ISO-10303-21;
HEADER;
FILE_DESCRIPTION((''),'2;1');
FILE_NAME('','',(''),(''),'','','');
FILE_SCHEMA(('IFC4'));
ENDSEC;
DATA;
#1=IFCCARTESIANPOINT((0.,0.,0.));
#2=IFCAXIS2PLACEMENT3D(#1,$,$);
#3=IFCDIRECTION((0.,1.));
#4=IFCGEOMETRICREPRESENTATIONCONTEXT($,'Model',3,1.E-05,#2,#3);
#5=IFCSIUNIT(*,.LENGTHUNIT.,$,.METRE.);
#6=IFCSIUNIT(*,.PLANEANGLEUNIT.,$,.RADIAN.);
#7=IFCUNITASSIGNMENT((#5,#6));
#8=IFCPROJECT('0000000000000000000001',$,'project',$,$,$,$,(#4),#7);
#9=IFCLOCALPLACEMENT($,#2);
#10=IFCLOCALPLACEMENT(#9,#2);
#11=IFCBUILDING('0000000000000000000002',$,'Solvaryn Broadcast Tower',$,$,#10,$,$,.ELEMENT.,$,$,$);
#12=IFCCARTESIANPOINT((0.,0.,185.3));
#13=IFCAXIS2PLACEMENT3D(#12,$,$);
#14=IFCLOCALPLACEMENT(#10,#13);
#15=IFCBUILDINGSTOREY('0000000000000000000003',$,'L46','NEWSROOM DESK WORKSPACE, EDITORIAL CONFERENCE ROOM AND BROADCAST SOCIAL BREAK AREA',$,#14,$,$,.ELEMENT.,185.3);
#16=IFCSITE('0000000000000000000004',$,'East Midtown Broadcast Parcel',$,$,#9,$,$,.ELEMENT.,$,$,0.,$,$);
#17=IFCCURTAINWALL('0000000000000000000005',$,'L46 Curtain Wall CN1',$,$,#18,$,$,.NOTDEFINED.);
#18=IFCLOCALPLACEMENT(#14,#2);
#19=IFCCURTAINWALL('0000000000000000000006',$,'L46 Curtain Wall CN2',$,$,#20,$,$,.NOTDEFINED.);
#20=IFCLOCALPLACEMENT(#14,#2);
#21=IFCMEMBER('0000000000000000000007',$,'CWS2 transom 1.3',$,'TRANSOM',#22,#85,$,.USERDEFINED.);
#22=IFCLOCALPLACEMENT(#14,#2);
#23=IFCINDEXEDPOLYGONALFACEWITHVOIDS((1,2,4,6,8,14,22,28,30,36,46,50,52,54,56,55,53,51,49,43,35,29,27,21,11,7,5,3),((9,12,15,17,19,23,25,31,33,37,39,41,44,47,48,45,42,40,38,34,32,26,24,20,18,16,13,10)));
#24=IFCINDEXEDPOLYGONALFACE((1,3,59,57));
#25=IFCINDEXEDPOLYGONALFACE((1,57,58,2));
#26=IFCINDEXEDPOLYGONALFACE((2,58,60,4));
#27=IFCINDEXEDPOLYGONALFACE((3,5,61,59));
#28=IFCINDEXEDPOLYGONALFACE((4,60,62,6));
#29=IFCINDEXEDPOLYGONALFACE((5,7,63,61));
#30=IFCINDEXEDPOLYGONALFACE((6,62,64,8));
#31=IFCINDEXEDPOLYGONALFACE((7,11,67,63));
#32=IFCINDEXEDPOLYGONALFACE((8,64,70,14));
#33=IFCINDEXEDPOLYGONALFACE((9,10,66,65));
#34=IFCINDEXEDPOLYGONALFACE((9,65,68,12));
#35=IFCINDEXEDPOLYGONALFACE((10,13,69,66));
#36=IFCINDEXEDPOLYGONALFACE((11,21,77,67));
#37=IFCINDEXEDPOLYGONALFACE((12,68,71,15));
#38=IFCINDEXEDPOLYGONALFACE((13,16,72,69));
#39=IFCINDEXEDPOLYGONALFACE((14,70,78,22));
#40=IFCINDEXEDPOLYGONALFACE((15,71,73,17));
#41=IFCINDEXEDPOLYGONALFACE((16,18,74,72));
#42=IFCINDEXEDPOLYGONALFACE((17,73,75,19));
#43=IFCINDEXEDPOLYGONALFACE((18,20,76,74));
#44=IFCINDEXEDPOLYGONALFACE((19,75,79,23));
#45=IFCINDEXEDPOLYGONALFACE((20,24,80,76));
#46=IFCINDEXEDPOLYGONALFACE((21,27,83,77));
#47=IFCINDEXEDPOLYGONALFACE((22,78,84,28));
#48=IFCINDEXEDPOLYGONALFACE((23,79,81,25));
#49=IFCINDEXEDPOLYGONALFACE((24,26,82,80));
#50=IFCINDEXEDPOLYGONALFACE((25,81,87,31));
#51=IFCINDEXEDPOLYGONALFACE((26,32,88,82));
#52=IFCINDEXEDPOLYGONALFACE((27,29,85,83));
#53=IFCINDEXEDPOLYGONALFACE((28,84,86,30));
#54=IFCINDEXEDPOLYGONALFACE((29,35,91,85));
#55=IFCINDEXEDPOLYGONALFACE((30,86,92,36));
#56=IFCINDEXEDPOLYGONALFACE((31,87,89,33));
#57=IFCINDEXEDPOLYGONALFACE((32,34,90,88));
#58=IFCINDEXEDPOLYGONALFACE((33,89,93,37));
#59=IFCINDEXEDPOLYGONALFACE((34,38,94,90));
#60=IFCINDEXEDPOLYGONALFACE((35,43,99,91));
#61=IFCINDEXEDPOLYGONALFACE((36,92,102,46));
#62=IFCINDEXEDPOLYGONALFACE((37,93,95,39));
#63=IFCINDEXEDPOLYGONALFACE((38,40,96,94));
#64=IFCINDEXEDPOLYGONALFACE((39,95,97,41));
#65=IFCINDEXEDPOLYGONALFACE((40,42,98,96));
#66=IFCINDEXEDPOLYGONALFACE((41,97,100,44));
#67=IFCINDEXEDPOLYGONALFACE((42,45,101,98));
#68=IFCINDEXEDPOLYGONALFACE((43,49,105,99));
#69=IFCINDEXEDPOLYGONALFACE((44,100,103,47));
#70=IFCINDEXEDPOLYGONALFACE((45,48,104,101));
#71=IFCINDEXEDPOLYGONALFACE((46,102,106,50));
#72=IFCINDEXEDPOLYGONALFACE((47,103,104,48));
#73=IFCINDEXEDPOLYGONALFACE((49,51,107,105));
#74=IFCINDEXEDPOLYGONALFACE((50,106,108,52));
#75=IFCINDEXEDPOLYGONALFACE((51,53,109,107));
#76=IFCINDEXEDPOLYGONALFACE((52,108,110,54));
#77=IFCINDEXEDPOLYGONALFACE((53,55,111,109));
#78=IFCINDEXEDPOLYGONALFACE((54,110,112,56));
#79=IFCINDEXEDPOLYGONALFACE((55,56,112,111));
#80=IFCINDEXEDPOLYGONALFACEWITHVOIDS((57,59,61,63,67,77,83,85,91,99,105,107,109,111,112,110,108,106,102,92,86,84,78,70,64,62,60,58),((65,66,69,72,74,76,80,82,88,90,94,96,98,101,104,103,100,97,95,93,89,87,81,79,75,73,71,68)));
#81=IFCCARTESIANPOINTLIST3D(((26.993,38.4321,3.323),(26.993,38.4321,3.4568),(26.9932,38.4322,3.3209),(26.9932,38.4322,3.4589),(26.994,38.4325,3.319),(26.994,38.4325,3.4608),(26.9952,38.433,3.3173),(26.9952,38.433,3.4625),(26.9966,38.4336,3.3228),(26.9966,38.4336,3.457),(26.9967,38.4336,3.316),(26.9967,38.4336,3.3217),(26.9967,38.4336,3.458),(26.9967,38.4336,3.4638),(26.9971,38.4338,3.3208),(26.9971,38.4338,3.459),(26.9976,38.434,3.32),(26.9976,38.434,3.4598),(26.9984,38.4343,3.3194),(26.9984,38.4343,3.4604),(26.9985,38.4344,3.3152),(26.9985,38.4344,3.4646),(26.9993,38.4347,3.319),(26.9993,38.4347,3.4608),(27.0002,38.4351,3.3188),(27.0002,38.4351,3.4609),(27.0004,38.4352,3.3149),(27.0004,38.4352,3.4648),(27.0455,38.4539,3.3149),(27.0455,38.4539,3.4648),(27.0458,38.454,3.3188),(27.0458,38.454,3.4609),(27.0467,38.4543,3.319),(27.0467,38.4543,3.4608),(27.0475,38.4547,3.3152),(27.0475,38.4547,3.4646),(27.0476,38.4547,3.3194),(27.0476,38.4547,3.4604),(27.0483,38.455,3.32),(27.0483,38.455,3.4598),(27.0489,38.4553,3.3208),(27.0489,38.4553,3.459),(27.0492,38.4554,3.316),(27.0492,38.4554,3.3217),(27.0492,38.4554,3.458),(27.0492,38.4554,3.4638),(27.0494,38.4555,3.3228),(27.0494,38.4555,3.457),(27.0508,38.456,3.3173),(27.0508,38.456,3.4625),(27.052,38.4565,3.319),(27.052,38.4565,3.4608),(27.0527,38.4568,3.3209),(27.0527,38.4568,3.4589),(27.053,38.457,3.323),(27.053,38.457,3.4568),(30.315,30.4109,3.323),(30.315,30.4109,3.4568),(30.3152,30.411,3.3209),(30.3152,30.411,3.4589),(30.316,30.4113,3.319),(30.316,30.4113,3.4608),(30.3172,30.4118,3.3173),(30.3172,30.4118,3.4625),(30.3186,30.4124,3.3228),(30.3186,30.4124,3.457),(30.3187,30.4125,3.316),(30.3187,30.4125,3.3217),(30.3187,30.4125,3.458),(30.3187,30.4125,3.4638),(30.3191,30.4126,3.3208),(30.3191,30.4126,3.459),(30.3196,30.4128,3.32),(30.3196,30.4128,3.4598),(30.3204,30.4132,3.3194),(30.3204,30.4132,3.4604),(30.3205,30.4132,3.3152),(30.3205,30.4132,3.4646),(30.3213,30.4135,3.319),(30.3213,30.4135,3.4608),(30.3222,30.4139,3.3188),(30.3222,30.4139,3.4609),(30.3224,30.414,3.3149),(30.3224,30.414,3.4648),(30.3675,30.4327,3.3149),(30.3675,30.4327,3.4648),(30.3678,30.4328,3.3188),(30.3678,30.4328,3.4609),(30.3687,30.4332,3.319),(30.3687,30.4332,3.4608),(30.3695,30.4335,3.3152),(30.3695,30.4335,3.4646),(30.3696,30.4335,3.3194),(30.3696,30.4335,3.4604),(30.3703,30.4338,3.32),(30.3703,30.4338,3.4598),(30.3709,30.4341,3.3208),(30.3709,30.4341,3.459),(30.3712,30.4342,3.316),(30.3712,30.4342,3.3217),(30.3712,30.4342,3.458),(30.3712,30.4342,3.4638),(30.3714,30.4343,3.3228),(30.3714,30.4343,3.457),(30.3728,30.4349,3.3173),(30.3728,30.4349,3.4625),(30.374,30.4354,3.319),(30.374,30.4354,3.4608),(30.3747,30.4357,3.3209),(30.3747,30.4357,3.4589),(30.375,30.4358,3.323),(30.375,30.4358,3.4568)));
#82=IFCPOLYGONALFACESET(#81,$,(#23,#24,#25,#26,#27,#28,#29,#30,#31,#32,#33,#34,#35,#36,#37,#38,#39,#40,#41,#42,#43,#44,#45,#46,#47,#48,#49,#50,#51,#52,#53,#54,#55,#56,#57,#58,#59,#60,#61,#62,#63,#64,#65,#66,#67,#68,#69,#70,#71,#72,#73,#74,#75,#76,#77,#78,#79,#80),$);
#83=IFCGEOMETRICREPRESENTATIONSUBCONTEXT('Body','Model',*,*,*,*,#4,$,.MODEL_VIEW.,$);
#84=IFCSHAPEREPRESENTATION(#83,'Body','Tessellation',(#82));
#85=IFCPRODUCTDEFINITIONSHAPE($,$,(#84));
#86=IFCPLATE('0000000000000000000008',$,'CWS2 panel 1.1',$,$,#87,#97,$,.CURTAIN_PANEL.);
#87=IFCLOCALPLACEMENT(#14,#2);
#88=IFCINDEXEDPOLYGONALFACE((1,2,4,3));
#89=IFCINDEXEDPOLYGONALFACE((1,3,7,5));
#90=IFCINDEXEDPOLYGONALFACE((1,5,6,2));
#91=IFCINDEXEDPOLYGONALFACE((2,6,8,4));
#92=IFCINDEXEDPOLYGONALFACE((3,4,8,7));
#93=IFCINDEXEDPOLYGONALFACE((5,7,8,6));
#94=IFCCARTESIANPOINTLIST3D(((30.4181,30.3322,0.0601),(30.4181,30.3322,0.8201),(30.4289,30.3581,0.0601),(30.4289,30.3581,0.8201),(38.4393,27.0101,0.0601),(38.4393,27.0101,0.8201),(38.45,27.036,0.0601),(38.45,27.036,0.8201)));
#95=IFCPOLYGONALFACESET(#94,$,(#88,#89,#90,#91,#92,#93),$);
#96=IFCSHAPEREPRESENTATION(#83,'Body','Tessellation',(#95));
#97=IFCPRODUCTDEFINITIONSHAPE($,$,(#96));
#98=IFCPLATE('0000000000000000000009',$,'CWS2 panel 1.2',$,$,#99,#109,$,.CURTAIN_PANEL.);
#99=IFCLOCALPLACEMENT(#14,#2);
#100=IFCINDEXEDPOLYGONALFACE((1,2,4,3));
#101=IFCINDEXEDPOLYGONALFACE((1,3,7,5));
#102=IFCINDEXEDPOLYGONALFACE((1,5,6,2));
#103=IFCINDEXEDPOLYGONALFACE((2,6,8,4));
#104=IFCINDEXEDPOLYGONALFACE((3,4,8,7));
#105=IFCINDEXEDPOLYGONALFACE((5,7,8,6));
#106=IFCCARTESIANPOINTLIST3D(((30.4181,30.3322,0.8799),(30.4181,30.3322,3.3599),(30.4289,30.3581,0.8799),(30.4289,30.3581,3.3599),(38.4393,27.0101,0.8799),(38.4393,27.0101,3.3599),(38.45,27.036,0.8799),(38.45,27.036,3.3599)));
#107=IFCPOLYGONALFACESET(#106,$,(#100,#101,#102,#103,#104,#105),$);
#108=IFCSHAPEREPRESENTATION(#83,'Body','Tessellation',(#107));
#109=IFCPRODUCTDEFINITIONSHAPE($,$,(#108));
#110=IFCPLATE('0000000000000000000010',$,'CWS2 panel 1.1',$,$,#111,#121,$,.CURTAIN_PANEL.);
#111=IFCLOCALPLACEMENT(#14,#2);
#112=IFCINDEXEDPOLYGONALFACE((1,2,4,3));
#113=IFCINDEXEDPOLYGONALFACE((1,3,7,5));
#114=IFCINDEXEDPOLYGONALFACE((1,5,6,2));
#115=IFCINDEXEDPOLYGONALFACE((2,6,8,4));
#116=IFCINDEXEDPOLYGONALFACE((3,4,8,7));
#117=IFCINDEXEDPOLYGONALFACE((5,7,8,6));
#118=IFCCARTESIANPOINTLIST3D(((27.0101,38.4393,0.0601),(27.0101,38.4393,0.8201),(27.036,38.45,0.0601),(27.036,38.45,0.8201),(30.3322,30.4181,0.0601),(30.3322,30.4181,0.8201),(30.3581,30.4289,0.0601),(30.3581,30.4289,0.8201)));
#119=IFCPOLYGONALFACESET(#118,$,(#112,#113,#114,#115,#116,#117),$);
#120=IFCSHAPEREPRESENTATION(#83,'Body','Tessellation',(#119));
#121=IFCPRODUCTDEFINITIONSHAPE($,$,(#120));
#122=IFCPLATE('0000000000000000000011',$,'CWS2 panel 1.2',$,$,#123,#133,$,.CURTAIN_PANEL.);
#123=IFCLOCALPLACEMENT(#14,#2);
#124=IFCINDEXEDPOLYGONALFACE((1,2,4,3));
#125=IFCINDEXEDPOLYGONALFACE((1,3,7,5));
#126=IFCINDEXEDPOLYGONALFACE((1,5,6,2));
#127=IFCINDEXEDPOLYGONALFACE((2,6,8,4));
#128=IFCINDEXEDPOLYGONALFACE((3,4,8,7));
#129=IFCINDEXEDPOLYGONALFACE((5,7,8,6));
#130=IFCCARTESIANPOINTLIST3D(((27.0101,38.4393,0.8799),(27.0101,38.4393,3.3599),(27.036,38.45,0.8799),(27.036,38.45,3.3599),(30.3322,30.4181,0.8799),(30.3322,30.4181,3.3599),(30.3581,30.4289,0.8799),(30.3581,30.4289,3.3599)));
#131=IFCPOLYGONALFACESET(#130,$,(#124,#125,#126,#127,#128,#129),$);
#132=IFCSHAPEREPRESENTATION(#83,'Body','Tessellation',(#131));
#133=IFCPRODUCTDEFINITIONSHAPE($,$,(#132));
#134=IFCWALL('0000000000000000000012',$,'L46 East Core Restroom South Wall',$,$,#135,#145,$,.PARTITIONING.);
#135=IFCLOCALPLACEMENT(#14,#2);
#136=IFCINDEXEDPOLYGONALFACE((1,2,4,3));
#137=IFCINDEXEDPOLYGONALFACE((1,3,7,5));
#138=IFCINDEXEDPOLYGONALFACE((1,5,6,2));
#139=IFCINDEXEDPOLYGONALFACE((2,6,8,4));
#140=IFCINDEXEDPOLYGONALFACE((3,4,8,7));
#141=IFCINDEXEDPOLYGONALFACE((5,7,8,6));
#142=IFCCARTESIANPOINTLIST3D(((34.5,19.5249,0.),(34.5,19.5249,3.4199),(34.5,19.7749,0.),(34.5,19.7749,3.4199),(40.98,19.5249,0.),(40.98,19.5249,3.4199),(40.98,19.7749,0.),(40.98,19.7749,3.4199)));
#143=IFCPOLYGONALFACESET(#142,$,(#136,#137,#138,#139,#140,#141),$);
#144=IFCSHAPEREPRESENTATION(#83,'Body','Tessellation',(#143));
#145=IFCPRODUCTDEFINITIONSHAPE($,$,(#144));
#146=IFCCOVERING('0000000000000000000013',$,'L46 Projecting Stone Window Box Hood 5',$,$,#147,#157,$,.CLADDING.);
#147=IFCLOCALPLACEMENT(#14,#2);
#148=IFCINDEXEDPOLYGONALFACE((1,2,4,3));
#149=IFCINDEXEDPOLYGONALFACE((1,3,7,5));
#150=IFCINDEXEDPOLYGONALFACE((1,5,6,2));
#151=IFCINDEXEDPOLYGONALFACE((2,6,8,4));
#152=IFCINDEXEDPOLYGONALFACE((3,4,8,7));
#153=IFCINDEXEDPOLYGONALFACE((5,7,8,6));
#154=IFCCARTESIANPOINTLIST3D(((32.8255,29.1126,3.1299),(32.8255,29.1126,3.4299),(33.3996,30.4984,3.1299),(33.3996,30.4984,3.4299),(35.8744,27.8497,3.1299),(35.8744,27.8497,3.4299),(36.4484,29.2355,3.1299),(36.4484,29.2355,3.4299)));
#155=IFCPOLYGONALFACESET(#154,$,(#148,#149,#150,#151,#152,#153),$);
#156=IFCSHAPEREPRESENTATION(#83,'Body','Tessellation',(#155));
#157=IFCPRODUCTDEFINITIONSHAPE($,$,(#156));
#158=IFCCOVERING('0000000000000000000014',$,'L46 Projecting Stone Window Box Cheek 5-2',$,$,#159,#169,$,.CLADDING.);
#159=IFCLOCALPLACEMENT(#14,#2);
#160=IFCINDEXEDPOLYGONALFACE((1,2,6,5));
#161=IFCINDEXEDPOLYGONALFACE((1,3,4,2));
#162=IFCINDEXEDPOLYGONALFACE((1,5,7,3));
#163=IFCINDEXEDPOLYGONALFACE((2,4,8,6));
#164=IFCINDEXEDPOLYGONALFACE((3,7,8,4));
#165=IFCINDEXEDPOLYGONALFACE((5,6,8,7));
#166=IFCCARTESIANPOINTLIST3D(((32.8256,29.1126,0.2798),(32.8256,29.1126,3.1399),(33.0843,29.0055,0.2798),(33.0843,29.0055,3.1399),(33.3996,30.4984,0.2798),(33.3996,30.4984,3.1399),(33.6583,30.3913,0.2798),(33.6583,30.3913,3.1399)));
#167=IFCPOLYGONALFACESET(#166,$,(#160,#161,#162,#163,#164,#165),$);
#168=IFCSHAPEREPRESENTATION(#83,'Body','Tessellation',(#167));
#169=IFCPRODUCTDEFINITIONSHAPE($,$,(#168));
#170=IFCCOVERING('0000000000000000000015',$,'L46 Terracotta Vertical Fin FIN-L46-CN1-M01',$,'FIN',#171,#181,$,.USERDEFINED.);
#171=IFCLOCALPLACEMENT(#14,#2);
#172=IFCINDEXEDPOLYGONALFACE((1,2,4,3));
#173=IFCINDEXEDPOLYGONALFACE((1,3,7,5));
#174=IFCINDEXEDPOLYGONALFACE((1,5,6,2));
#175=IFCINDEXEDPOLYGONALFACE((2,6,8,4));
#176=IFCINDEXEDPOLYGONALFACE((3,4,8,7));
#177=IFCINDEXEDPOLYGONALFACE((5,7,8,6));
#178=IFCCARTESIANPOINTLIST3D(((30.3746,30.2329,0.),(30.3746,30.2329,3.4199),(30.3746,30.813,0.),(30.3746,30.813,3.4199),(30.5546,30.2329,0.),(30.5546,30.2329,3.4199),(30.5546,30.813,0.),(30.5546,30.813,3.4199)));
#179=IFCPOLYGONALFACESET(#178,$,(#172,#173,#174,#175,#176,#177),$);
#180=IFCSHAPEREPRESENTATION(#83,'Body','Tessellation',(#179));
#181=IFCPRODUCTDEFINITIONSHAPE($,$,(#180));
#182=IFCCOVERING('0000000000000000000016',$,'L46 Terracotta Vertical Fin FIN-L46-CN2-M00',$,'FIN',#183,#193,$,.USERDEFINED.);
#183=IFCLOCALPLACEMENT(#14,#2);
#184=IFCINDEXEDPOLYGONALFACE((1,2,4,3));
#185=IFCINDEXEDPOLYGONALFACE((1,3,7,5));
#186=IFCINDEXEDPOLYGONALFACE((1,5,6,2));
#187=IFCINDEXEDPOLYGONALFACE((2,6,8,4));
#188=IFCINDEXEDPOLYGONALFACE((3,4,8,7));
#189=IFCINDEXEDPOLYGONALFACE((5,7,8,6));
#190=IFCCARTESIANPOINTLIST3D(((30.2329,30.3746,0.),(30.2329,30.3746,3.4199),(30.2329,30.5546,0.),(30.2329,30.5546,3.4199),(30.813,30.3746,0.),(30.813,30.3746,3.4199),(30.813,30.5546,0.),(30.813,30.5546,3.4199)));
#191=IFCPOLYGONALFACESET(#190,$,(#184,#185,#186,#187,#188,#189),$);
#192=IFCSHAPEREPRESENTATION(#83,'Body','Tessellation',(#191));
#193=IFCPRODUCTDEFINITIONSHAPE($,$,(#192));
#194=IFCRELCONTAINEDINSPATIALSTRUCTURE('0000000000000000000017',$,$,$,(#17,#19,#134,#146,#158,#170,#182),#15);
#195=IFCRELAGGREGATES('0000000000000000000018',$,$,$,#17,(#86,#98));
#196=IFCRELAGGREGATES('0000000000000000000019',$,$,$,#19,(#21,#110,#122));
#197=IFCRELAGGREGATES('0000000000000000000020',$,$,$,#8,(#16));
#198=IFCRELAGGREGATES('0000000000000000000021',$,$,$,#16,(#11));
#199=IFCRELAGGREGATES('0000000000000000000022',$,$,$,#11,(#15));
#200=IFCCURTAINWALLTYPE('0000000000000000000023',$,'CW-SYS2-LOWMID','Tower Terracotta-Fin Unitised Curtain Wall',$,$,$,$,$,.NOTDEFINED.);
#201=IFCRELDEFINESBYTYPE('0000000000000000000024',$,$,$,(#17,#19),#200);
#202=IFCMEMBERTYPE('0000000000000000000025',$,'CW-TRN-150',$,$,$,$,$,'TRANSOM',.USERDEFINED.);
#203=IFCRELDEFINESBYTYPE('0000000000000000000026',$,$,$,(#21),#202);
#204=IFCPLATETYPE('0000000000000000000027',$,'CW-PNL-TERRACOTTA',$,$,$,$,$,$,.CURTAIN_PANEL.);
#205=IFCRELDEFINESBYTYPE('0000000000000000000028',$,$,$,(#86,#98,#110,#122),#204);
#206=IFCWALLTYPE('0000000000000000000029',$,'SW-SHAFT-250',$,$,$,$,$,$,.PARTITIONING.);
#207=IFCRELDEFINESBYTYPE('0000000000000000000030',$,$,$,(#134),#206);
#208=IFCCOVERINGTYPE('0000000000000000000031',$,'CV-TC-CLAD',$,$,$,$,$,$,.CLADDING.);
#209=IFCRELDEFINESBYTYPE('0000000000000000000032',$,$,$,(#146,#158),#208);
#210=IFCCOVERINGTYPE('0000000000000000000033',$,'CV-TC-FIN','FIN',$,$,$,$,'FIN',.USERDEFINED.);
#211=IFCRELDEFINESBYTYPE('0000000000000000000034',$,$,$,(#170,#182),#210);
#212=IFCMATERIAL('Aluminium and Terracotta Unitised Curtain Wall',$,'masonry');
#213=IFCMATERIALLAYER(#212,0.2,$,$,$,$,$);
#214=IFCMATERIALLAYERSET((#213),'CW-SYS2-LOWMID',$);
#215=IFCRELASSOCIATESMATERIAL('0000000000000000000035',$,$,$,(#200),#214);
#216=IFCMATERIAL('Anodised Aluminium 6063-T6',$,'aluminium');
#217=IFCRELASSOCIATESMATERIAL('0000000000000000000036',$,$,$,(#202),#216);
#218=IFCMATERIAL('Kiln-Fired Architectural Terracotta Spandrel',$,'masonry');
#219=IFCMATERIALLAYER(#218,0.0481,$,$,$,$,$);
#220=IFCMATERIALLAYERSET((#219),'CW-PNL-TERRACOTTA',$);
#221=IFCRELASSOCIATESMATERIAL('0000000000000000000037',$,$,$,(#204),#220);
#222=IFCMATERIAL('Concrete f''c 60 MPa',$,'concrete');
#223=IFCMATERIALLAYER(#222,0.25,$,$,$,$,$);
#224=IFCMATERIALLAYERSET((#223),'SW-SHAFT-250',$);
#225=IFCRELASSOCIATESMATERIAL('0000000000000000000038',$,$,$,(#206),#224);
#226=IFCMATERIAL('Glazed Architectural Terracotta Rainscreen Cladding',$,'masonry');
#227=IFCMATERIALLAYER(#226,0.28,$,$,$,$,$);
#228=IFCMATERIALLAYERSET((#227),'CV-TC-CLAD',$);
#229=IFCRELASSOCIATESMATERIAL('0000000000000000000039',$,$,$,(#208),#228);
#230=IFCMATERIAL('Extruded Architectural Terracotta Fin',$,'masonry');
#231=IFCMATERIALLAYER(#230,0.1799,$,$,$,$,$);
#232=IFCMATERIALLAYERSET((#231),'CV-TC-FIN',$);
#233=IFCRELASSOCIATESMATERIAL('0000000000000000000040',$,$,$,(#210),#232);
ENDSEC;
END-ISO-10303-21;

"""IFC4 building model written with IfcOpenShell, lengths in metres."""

from ifc_helpers import new_model, si_unit, direction, frame, frame_2d, origin, origin_2d, place, context, subcontext, project, spatial, rectangle, hollow_rectangle, extrude, material, layer, layer_set, material_profile, profile_set, type_object, element, aggregate, save


model = new_model("IFC4")

# Units and contexts
model_context = context("Model", 3, precision=1e-05, world=origin(), true_north=direction((0.0, 1.0)))
body_context = subcontext(model_context, "Body", "Model", "MODEL_VIEW")
ifc_project = project(units=[si_unit("LENGTHUNIT", "METRE"), si_unit("PLANEANGLEUNIT", "RADIAN")], contexts=[model_context])

# Site, building, storey
site_placement = place(None, origin())
site = spatial("IfcSite", under=ifc_project, at=site_placement, Name="East Midtown Broadcast Parcel", CompositionType="ELEMENT", RefElevation=0.0)
building_placement = place(site_placement, origin())
building = spatial("IfcBuilding", under=site, at=building_placement, Name="Solvaryn Broadcast Tower", CompositionType="ELEMENT")
storey_placement = place(building_placement, frame((0.0, 0.0, 185.3)))
storey = spatial("IfcBuildingStorey", under=building, at=storey_placement, Name="L46", Description="NEWSROOM DESK WORKSPACE, EDITORIAL CONFERENCE ROOM AND BROADCAST SOCIAL BREAK AREA", CompositionType="ELEMENT", Elevation=185.3)

# Curtain wall
ifc_material_1 = material(Name="Aluminium and Terracotta Unitised Curtain Wall", Category="masonry")
ifc_layer_1 = layer(ifc_material_1, 0.2)
ifc_layer_set_1 = layer_set([ifc_layer_1], Name="CW-SYS2-LOWMID")
curtain_wall_type = type_object("IfcCurtainWallType", Name="CW-SYS2-LOWMID", Description="Tower Terracotta-Fin Unitised Curtain Wall", PredefinedType="NOTDEFINED", material=ifc_layer_set_1)
curtain_wall_1_placement = place(storey_placement, origin())
curtain_wall_1 = element("IfcCurtainWall", 1, at=curtain_wall_1_placement, inside=storey, type_object=curtain_wall_type, Name="L46 Curtain Wall CN1", PredefinedType="NOTDEFINED")

# Curtain wall, member
curtain_wall_2_placement = place(storey_placement, origin())
curtain_wall_2 = element("IfcCurtainWall", 2, at=curtain_wall_2_placement, inside=storey, type_object=curtain_wall_type, Name="L46 Curtain Wall CN2", PredefinedType="NOTDEFINED")
ifc_material_2 = material(Name="Anodised Aluminium 6063-T6", Category="aluminium")
ifc_material_profile_1 = material_profile(ifc_material_2, hollow_rectangle(XDim=0.0649, YDim=0.1499, WallThickness=0.0039, InnerFilletRadius=0.0039, OuterFilletRadius=0.0081, at=origin_2d()))
ifc_profile_set_1 = profile_set([ifc_material_profile_1], Name="Anodised Aluminium 6063-T6")
member_type_1 = type_object("IfcMemberType", Name="CW-TRN-150", ElementType="TRANSOM", PredefinedType="USERDEFINED", material=ifc_profile_set_1)
member_1_placement = place(storey_placement, frame((30.345, 30.4233, 3.3899), z_axis=(-0.382636, 0.923899, 0.0), x_axis=(-0.923899, -0.382636, 0.0)))
member_1 = element("IfcMember", 3, at=member_1_placement, type_object=member_type_1, Name="CWS2 transom 1.3", ObjectType="TRANSOM", PredefinedType="USERDEFINED", context=body_context, shape_type="SweptSolid", body=[
    extrude(hollow_rectangle(XDim=0.0649, YDim=0.1499, WallThickness=0.0039, InnerFilletRadius=0.0039, OuterFilletRadius=0.0081, at=origin_2d()), origin(), (0.0, 0.0, 1.0), 8.6819),
])

# Plates
ifc_material_3 = material(Name="Kiln-Fired Architectural Terracotta Spandrel", Category="masonry")
ifc_layer_2 = layer(ifc_material_3, 0.0481)
ifc_layer_set_2 = layer_set([ifc_layer_2], Name="CW-PNL-TERRACOTTA")
plate_type = type_object("IfcPlateType", Name="CW-PNL-TERRACOTTA", PredefinedType="CURTAIN_PANEL", material=ifc_layer_set_2)
plate_1_placement = place(storey_placement, frame((34.4341, 28.6841, 0.0601), z_axis=(0.0, 0.0, 1.0), x_axis=(-0.923895, 0.382646, 0.0)))
plate_1 = element("IfcPlate", 4, at=plate_1_placement, type_object=plate_type, Name="CWS2 panel 1.1", PredefinedType="CURTAIN_PANEL", context=body_context, shape_type="SweptSolid", body=[
    extrude(rectangle(XDim=8.6819, YDim=0.0281, at=origin_2d()), origin(), (0.0, 0.0, 1.0), 0.76),
])
plate_2_placement = place(storey_placement, frame((34.4341, 28.6841, 0.8799), z_axis=(0.0, 0.0, 1.0), x_axis=(-0.923895, 0.382646, 0.0)))
plate_2 = element("IfcPlate", 5, at=plate_2_placement, type_object=plate_type, Name="CWS2 panel 1.2", PredefinedType="CURTAIN_PANEL", context=body_context, shape_type="SweptSolid", body=[
    extrude(rectangle(XDim=8.6819, YDim=0.0281, at=origin_2d()), origin(), (0.0, 0.0, 1.0), 2.48),
])
aggregate(curtain_wall_1, [plate_1, plate_2])
plate_3_placement = place(storey_placement, frame((28.6841, 34.4341, 0.0601), z_axis=(0.0, 0.0, 1.0), x_axis=(-0.382646, 0.923895, 0.0)))
plate_3 = element("IfcPlate", 6, at=plate_3_placement, type_object=plate_type, Name="CWS2 panel 1.1", PredefinedType="CURTAIN_PANEL", context=body_context, shape_type="SweptSolid", body=[
    extrude(rectangle(XDim=8.6819, YDim=0.0281, at=origin_2d()), origin(), (0.0, 0.0, 1.0), 0.76),
])
plate_4_placement = place(storey_placement, frame((28.6841, 34.4341, 0.8799), z_axis=(0.0, 0.0, 1.0), x_axis=(-0.382646, 0.923895, 0.0)))
plate_4 = element("IfcPlate", 7, at=plate_4_placement, type_object=plate_type, Name="CWS2 panel 1.2", PredefinedType="CURTAIN_PANEL", context=body_context, shape_type="SweptSolid", body=[
    extrude(rectangle(XDim=8.6819, YDim=0.0281, at=origin_2d()), origin(), (0.0, 0.0, 1.0), 2.48),
])
aggregate(curtain_wall_2, [member_1, plate_3, plate_4])

# Shared definitions
ifc_material_4 = material(Name="Concrete f'c 60 MPa", Category="concrete")
ifc_layer_3 = layer(ifc_material_4, 0.25)
ifc_layer_set_3 = layer_set([ifc_layer_3], Name="SW-SHAFT-250")
wall_type_1 = type_object("IfcWallType", Name="SW-SHAFT-250", PredefinedType="PARTITIONING", material=ifc_layer_set_3)

# Wall
wall_1_placement = place(storey_placement, frame((34.5, 19.6499, 0.0), z_axis=(0.0, 0.0, 1.0), x_axis=(1.0, 0.0, 0.0)))
element("IfcWall", 8, at=wall_1_placement, inside=storey, type_object=wall_type_1, Name="L46 East Core Restroom South Wall", PredefinedType="PARTITIONING", context=body_context, shape_type="SweptSolid", body=[
    extrude(rectangle(XDim=6.48, YDim=0.25, at=frame_2d((3.24, 0.0))), origin(), (0.0, 0.0, 1.0), 3.4199),
])

# Coverings
ifc_material_5 = material(Name="Glazed Architectural Terracotta Rainscreen Cladding", Category="masonry")
ifc_layer_4 = layer(ifc_material_5, 0.28)
ifc_layer_set_4 = layer_set([ifc_layer_4], Name="CV-TC-CLAD")
covering_type_1 = type_object("IfcCoveringType", Name="CV-TC-CLAD", PredefinedType="CLADDING", material=ifc_layer_set_4)
covering_1_placement = place(storey_placement, frame((34.637, 29.1741, 3.1299), z_axis=(0.0, 0.0, 1.0), x_axis=(-0.92388, 0.382683, 0.0)))
element("IfcCovering", 9, at=covering_1_placement, inside=storey, type_object=covering_type_1, Name="L46 Projecting Stone Window Box Hood 5", PredefinedType="CLADDING", context=body_context, shape_type="SweptSolid", body=[
    extrude(rectangle(XDim=3.3, YDim=1.5, at=origin_2d()), origin(), (0.0, 0.0, 1.0), 0.3),
])
covering_2_placement = place(storey_placement, frame((33.2419, 29.752, 0.2798), z_axis=(0.0, 0.0, 1.0), x_axis=(-0.92388, 0.382683, 0.0)))
element("IfcCovering", 10, at=covering_2_placement, inside=storey, type_object=covering_type_1, Name="L46 Projecting Stone Window Box Cheek 5-2", PredefinedType="CLADDING", context=body_context, shape_type="SweptSolid", body=[
    extrude(rectangle(XDim=0.28, YDim=1.5, at=origin_2d()), origin(), (0.0, 0.0, 1.0), 2.8601),
])
ifc_material_6 = material(Name="Extruded Architectural Terracotta Fin", Category="masonry")
ifc_layer_5 = layer(ifc_material_6, 0.1799)
ifc_layer_set_5 = layer_set([ifc_layer_5], Name="CV-TC-FIN")
covering_type_2 = type_object("IfcCoveringType", Name="CV-TC-FIN", Description="FIN", ElementType="FIN", PredefinedType="USERDEFINED", material=ifc_layer_set_5)
covering_3_placement = place(storey_placement, frame((30.4646, 30.5229, 0.0), z_axis=(0.0, 0.0, 1.0), x_axis=(1.0, 0.0, 0.0)))
element("IfcCovering", 11, at=covering_3_placement, inside=storey, type_object=covering_type_2, Name="L46 Terracotta Vertical Fin FIN-L46-CN1-M01", ObjectType="FIN", PredefinedType="USERDEFINED", context=body_context, shape_type="SweptSolid", body=[
    extrude(rectangle(XDim=0.1799, YDim=0.5801, at=origin_2d()), origin(), (0.0, 0.0, 1.0), 3.4199),
])
covering_4_placement = place(storey_placement, frame((30.5229, 30.4646, 0.0), z_axis=(0.0, 0.0, 1.0), x_axis=(1.0, 0.0, 0.0)))
element("IfcCovering", 12, at=covering_4_placement, inside=storey, type_object=covering_type_2, Name="L46 Terracotta Vertical Fin FIN-L46-CN2-M00", ObjectType="FIN", PredefinedType="USERDEFINED", context=body_context, shape_type="SweptSolid", body=[
    extrude(rectangle(XDim=0.5801, YDim=0.1799, at=origin_2d()), origin(), (0.0, 0.0, 1.0), 3.4199),
])

save(model, "model.ifc")
